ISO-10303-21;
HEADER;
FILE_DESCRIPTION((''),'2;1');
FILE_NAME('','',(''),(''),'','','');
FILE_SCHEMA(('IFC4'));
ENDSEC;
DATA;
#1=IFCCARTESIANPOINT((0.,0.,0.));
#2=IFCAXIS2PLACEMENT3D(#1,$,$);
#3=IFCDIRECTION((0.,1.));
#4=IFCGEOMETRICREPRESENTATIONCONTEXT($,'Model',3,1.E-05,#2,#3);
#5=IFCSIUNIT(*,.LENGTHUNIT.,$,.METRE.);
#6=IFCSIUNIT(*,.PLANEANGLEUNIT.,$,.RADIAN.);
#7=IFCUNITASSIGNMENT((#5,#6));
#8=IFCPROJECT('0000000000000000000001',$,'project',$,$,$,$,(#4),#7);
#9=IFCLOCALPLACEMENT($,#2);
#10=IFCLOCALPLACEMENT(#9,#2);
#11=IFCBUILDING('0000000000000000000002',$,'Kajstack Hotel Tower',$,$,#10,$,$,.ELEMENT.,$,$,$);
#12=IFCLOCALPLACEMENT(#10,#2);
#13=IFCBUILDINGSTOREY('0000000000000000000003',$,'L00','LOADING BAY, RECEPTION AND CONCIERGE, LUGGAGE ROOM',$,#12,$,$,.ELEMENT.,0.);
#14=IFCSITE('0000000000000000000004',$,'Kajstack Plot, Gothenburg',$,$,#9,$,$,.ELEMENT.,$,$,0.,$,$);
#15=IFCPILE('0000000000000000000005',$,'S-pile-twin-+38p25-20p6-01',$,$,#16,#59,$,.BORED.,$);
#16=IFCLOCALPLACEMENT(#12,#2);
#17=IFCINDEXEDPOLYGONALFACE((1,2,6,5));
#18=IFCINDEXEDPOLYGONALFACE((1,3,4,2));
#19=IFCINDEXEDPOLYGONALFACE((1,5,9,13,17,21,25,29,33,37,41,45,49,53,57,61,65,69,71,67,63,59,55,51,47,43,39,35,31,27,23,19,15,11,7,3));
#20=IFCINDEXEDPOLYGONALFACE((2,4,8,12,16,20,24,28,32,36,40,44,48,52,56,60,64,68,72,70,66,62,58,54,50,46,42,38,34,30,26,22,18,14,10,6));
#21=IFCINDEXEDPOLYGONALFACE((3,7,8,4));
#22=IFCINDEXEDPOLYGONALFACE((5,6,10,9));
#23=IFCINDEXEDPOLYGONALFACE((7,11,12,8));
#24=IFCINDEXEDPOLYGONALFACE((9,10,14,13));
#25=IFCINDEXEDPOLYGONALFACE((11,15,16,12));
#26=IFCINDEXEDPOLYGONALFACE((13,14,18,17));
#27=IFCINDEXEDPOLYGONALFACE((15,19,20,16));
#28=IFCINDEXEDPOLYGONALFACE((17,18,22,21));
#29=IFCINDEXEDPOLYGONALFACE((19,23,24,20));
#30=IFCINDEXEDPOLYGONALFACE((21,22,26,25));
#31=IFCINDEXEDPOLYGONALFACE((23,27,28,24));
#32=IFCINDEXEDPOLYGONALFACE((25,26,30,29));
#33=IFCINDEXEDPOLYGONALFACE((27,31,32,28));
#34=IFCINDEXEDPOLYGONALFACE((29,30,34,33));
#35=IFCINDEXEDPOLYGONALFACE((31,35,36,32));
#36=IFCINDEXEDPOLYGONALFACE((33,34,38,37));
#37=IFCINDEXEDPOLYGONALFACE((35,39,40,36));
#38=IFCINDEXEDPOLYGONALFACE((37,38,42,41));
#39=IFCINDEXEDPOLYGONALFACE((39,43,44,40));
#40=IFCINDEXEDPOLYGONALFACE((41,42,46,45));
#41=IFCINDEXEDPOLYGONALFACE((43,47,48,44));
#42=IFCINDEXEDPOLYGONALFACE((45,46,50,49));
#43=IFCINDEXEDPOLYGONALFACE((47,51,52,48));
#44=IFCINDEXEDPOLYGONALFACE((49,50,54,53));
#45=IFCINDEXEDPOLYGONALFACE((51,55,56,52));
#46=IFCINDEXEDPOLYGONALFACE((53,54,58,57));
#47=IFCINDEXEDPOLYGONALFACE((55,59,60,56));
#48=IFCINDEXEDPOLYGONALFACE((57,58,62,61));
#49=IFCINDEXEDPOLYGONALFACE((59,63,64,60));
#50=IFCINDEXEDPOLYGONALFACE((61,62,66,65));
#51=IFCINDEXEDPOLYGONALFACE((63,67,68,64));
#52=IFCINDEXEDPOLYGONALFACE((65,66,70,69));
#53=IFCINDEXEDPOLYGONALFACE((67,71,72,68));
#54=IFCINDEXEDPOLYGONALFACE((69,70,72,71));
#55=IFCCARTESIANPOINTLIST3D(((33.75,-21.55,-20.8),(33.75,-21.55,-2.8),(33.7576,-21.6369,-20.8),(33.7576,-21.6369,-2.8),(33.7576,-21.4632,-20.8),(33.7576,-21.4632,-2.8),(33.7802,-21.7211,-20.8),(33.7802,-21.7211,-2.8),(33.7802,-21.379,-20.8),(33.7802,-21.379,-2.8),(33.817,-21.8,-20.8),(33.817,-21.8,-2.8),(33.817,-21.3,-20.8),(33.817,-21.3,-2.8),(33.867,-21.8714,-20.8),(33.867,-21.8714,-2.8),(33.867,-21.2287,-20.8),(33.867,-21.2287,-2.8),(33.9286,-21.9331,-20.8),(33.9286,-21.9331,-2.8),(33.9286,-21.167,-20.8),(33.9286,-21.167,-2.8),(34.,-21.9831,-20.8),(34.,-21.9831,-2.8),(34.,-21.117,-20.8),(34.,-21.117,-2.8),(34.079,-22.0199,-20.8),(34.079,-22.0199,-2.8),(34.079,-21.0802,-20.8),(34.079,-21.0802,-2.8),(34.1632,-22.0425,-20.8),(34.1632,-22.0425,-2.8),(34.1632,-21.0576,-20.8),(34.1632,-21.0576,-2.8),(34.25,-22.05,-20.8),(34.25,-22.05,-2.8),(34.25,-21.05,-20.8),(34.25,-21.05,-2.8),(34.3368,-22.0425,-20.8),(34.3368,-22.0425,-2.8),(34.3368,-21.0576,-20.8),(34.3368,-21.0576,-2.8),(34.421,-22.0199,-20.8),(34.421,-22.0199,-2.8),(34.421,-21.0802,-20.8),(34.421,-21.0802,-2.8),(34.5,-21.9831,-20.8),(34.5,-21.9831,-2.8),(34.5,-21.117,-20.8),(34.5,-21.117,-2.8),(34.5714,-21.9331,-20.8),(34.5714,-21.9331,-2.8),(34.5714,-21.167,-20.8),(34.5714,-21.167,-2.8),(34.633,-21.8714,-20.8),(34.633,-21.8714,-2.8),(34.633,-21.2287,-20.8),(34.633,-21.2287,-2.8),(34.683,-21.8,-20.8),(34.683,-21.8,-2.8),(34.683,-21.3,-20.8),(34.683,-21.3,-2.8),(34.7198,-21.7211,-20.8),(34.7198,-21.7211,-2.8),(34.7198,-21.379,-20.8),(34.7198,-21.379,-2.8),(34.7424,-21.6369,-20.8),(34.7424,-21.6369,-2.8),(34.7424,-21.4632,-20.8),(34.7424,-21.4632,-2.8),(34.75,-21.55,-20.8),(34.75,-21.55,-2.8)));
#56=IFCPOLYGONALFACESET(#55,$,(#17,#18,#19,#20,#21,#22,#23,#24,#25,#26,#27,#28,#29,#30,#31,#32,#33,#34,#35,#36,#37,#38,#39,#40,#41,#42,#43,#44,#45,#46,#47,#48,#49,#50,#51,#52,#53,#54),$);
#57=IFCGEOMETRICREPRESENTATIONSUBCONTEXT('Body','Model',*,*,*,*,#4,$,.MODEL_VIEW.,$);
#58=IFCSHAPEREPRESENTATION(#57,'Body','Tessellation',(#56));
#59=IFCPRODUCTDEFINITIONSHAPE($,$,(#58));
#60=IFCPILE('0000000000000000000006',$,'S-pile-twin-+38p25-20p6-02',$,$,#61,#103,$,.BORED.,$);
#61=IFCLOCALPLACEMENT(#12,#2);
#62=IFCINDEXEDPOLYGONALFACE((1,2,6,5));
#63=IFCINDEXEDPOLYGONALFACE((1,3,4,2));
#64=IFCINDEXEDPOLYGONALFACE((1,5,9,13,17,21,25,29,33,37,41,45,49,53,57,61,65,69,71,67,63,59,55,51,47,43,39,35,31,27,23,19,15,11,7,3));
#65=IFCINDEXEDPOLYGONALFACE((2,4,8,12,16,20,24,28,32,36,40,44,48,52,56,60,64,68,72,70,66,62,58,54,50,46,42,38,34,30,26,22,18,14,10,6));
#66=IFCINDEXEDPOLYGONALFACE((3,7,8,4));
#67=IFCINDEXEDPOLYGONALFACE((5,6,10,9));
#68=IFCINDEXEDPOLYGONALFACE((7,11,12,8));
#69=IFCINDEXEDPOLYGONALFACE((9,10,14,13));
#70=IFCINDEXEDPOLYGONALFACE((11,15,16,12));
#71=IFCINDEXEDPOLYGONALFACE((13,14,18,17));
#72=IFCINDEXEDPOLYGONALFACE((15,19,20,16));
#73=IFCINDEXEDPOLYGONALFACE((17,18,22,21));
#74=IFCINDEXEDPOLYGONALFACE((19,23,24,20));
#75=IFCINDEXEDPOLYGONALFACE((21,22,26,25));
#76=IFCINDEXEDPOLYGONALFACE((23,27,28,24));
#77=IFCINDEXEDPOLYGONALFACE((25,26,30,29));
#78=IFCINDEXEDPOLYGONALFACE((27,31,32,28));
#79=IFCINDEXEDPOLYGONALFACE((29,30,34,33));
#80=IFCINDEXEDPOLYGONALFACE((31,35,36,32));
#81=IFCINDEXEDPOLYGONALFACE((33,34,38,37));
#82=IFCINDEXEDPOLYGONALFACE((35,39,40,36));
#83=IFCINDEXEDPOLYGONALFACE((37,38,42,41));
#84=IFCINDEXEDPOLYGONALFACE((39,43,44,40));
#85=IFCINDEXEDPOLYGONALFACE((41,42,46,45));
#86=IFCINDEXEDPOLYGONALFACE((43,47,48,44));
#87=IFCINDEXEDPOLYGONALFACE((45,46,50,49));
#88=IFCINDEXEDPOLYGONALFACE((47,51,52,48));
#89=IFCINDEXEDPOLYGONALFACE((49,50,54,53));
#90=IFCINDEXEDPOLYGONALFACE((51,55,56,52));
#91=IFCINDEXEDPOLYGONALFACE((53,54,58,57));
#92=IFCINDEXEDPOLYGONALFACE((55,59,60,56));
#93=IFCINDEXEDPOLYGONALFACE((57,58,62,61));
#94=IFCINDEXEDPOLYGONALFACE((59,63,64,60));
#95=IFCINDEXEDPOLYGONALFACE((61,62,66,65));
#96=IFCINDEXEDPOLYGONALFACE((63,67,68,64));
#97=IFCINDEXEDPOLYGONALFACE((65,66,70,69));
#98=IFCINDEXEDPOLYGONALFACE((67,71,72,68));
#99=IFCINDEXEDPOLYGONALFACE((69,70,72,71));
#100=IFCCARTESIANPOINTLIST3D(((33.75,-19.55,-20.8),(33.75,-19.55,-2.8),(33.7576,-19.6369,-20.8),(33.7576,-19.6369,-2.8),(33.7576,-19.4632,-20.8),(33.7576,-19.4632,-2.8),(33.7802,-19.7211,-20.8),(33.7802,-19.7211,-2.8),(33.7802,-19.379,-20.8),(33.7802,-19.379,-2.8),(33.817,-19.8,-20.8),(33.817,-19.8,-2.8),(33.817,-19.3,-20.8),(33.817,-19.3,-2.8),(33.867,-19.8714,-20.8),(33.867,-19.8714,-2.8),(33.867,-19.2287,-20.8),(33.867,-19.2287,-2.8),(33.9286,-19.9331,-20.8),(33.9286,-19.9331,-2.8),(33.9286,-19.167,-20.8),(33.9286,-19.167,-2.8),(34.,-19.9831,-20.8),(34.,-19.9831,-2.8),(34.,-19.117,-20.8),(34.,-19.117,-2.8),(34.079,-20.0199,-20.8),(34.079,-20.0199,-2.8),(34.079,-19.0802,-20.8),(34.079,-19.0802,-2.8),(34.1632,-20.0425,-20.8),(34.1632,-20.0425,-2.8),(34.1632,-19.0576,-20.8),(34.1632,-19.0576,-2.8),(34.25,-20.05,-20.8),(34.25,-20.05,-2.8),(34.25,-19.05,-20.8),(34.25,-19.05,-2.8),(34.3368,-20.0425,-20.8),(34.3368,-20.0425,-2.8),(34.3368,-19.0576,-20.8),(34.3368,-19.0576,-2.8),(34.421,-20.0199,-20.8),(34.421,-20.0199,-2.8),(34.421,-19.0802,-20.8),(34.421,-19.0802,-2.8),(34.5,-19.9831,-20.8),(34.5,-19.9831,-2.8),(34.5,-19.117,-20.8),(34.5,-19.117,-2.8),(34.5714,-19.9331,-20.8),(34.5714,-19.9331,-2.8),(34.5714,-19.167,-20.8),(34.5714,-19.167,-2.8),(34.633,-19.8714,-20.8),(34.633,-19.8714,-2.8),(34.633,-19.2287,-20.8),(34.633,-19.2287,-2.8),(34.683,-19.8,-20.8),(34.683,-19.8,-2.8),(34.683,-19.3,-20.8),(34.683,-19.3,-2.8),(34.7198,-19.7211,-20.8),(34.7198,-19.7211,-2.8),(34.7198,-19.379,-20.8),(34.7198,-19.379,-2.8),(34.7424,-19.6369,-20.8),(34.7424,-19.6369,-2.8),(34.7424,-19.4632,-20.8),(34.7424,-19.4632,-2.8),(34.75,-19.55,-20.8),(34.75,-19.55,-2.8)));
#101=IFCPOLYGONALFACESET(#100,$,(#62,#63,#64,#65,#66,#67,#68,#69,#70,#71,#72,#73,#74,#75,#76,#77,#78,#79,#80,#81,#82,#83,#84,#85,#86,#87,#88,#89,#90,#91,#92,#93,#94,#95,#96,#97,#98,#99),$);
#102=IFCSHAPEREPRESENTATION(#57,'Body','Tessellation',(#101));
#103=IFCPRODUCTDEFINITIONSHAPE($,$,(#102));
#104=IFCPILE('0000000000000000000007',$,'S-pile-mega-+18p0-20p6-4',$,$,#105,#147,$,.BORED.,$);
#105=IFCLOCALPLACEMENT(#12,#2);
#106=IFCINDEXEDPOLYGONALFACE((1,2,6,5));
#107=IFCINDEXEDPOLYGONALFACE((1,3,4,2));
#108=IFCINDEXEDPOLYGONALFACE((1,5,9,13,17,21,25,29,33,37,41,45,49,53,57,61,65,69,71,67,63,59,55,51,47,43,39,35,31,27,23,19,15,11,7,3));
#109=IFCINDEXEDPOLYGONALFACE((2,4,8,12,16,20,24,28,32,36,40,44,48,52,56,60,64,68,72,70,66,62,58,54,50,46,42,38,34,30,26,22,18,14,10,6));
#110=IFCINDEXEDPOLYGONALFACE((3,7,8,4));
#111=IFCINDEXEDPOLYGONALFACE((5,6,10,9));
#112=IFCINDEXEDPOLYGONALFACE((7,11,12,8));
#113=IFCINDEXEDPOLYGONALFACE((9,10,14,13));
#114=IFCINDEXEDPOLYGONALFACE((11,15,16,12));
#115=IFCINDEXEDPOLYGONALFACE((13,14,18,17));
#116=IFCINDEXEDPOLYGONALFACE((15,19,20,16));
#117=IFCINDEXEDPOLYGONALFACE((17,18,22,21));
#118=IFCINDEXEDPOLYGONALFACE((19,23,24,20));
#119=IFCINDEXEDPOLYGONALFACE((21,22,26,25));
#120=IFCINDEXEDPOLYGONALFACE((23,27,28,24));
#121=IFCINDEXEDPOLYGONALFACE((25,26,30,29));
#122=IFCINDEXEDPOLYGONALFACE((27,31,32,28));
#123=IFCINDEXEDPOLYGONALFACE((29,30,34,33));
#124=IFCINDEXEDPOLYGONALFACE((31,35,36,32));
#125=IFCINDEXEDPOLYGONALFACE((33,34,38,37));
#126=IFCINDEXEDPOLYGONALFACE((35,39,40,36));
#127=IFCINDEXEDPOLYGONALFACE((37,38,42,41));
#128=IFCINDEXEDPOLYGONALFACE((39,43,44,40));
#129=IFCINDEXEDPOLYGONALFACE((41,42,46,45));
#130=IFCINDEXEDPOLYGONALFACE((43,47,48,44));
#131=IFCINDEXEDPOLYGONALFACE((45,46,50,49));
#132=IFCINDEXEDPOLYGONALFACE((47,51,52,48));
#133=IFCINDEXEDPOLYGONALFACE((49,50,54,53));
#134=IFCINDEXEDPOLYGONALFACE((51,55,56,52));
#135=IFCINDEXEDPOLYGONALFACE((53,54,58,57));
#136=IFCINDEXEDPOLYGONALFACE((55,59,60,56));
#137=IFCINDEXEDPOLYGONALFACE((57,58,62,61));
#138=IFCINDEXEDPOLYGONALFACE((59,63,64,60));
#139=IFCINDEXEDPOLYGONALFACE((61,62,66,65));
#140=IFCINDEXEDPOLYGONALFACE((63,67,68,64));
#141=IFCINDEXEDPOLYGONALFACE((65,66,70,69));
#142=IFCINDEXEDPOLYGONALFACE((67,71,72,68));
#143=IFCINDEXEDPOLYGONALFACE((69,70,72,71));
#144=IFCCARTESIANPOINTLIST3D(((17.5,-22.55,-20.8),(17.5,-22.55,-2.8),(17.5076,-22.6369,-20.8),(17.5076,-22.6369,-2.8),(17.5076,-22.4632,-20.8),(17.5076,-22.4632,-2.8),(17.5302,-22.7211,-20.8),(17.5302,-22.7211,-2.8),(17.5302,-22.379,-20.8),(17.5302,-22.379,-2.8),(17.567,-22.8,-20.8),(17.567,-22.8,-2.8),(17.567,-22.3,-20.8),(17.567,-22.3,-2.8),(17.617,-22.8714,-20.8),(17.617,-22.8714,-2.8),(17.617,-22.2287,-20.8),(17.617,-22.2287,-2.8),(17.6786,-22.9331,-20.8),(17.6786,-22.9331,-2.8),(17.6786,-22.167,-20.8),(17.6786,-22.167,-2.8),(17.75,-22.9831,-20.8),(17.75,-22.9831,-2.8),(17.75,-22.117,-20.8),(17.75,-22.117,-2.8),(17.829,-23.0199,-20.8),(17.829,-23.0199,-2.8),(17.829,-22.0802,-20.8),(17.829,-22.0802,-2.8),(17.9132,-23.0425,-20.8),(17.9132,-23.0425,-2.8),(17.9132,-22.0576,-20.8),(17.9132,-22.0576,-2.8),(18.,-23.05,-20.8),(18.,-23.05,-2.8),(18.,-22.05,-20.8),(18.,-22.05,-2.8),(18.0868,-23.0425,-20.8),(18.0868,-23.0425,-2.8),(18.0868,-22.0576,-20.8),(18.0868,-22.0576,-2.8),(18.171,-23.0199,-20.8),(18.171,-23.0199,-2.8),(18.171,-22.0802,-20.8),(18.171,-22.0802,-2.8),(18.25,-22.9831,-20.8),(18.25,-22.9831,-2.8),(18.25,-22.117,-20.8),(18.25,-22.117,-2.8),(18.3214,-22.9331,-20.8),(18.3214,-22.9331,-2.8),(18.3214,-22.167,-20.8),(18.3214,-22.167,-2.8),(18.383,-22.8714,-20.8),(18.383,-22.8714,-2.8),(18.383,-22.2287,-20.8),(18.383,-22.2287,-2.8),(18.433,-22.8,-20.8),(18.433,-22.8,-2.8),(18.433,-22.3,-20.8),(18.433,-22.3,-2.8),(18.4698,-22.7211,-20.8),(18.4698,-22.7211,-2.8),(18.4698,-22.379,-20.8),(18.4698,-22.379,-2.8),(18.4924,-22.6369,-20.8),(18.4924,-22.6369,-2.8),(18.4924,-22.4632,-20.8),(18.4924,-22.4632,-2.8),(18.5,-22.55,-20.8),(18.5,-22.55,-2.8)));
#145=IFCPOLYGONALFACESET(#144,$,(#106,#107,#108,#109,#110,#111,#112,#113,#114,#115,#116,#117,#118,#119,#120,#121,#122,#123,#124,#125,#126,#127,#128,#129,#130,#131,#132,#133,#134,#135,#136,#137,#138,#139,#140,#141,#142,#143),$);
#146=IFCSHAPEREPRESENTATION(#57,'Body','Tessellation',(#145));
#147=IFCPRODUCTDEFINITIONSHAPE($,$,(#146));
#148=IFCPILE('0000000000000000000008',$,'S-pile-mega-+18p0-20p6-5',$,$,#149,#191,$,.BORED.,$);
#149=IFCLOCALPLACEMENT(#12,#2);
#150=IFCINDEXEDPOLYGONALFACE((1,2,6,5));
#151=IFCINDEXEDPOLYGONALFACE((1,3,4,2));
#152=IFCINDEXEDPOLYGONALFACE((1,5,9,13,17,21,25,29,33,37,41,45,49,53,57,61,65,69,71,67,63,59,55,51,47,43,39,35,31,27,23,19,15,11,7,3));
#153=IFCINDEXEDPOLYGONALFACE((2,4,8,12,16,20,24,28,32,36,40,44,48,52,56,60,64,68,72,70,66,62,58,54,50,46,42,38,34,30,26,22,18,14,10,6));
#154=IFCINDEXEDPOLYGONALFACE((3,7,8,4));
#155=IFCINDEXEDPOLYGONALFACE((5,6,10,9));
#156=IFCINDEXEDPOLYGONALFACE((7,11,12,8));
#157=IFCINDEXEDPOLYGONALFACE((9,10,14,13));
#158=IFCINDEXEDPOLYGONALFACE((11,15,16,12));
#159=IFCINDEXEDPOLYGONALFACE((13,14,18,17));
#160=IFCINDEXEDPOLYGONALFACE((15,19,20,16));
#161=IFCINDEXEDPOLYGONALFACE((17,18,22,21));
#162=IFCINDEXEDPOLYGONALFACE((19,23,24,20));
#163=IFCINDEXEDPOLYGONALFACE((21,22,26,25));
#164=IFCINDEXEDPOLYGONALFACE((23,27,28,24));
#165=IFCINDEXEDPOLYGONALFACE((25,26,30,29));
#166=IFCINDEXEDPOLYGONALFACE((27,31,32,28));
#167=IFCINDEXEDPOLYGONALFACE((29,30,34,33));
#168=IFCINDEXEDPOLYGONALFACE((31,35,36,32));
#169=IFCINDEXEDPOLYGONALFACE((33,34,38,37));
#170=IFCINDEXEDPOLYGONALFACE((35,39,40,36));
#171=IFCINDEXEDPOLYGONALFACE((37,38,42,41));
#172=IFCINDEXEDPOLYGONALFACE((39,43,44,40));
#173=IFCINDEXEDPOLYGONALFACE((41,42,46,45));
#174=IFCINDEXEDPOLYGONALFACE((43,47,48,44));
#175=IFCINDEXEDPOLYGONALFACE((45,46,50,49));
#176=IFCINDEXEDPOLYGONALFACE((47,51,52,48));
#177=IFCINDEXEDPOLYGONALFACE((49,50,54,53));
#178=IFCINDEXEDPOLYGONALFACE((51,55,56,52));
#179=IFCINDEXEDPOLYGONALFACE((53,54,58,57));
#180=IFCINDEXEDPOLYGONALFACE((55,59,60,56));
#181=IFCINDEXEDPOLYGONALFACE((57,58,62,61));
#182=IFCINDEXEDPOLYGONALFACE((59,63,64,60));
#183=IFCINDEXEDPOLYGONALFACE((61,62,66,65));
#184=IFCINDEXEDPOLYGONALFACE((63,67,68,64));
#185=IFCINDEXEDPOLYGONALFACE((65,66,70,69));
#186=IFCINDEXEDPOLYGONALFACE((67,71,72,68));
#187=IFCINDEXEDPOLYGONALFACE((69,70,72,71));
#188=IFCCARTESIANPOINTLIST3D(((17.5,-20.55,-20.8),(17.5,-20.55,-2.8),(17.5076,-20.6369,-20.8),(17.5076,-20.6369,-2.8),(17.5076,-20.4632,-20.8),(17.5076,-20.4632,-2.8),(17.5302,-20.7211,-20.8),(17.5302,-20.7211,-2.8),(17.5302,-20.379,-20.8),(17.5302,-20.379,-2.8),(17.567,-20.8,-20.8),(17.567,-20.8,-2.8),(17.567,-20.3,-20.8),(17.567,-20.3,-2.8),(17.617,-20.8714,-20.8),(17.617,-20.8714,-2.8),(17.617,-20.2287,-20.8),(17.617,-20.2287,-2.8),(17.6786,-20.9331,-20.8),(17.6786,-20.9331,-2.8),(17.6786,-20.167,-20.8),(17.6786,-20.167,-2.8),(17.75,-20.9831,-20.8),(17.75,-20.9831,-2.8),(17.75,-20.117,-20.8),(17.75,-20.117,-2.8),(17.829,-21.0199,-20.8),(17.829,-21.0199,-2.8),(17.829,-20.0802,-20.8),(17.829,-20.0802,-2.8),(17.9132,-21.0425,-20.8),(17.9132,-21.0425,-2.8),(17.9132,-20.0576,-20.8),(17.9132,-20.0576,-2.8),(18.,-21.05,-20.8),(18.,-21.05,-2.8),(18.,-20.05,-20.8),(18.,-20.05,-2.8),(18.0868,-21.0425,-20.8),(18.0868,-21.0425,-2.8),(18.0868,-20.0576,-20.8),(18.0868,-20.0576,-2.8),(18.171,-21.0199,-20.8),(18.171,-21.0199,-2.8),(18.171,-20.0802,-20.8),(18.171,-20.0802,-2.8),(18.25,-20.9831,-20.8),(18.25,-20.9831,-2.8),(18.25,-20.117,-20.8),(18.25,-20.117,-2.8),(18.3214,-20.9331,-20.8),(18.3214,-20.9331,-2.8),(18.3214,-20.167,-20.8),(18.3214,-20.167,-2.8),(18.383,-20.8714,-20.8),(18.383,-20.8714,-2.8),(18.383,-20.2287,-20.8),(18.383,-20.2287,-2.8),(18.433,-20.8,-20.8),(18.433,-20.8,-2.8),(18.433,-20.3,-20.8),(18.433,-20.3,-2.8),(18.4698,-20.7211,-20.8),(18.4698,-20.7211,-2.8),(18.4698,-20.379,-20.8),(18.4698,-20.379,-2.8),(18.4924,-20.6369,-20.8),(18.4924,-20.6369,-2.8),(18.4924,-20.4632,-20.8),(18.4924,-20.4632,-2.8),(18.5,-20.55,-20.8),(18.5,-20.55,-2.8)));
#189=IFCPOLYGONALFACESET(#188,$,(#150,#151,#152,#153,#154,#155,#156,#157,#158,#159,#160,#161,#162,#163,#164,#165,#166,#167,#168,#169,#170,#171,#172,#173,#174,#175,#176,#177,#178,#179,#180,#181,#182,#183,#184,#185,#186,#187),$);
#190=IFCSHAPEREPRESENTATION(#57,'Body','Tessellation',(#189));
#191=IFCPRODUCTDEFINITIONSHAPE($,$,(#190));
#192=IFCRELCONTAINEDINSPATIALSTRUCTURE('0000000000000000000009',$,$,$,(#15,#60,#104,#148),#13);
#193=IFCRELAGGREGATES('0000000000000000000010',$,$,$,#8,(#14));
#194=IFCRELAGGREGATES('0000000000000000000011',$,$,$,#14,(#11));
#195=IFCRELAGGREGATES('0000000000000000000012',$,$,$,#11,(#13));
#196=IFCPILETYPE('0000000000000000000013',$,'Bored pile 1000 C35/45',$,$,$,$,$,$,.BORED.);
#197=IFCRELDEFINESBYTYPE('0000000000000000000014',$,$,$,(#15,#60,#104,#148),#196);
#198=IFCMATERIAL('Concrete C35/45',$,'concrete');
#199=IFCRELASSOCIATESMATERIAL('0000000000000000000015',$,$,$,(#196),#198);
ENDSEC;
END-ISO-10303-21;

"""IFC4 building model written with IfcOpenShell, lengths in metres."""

from ifc_helpers import new_model, si_unit, direction, frame, origin, origin_2d, place, context, subcontext, project, spatial, circle, extrude, material, material_profile, profile_set, type_object, element, save


model = new_model("IFC4")

# Units and contexts
model_context = context("Model", 3, precision=1e-05, world=origin(), true_north=direction((0.0, 1.0)))
body_context = subcontext(model_context, "Body", "Model", "MODEL_VIEW")
ifc_project = project(units=[si_unit("LENGTHUNIT", "METRE"), si_unit("PLANEANGLEUNIT", "RADIAN")], contexts=[model_context])

# Site, building, storey
site_placement = place(None, origin())
site = spatial("IfcSite", under=ifc_project, at=site_placement, Name="Kajstack Plot, Gothenburg", CompositionType="ELEMENT", RefElevation=0.0)
building_placement = place(site_placement, origin())
building = spatial("IfcBuilding", under=site, at=building_placement, Name="Kajstack Hotel Tower", CompositionType="ELEMENT")
storey_placement = place(building_placement, origin())
storey = spatial("IfcBuildingStorey", under=building, at=storey_placement, Name="L00", Description="LOADING BAY, RECEPTION AND CONCIERGE, LUGGAGE ROOM", CompositionType="ELEMENT", Elevation=0.0)

# Piles
ifc_material_1 = material(Name="Concrete C35/45", Category="concrete")
ifc_material_profile_1 = material_profile(ifc_material_1, circle(Radius=0.5, at=origin_2d()), Name="RC round 1000")
ifc_profile_set_1 = profile_set([ifc_material_profile_1], Name="Concrete C35/45")
pile_type_1 = type_object("IfcPileType", Name="Bored pile 1000 C35/45", PredefinedType="BORED", material=ifc_profile_set_1)
for number, where, z_axis, x_axis, name in (
    (1, (34.25, -21.55, -2.8), (0.0, 0.0, -1.0), (1.0, 0.0, 0.0), "S-pile-twin-+38p25-20p6-01"),
    (2, (34.25, -19.55, -2.8), (0.0, 0.0, -1.0), (1.0, 0.0, 0.0), "S-pile-twin-+38p25-20p6-02"),
    (3, (18.0, -22.55, -2.8), (0.0, 0.0, -1.0), (1.0, 0.0, 0.0), "S-pile-mega-+18p0-20p6-4"),
    (4, (18.0, -20.55, -2.8), (0.0, 0.0, -1.0), (1.0, 0.0, 0.0), "S-pile-mega-+18p0-20p6-5"),
):
    element("IfcPile", number, at=place(storey_placement, frame(where, z_axis=z_axis, x_axis=x_axis)), inside=storey, type_object=pile_type_1, Name=name, PredefinedType="BORED", context=body_context, shape_type="SweptSolid", body=[
        extrude(circle(Radius=0.5, at=origin_2d()), origin(), (0.0, 0.0, 1.0), 18.0),
    ])

save(model, "model.ifc")
